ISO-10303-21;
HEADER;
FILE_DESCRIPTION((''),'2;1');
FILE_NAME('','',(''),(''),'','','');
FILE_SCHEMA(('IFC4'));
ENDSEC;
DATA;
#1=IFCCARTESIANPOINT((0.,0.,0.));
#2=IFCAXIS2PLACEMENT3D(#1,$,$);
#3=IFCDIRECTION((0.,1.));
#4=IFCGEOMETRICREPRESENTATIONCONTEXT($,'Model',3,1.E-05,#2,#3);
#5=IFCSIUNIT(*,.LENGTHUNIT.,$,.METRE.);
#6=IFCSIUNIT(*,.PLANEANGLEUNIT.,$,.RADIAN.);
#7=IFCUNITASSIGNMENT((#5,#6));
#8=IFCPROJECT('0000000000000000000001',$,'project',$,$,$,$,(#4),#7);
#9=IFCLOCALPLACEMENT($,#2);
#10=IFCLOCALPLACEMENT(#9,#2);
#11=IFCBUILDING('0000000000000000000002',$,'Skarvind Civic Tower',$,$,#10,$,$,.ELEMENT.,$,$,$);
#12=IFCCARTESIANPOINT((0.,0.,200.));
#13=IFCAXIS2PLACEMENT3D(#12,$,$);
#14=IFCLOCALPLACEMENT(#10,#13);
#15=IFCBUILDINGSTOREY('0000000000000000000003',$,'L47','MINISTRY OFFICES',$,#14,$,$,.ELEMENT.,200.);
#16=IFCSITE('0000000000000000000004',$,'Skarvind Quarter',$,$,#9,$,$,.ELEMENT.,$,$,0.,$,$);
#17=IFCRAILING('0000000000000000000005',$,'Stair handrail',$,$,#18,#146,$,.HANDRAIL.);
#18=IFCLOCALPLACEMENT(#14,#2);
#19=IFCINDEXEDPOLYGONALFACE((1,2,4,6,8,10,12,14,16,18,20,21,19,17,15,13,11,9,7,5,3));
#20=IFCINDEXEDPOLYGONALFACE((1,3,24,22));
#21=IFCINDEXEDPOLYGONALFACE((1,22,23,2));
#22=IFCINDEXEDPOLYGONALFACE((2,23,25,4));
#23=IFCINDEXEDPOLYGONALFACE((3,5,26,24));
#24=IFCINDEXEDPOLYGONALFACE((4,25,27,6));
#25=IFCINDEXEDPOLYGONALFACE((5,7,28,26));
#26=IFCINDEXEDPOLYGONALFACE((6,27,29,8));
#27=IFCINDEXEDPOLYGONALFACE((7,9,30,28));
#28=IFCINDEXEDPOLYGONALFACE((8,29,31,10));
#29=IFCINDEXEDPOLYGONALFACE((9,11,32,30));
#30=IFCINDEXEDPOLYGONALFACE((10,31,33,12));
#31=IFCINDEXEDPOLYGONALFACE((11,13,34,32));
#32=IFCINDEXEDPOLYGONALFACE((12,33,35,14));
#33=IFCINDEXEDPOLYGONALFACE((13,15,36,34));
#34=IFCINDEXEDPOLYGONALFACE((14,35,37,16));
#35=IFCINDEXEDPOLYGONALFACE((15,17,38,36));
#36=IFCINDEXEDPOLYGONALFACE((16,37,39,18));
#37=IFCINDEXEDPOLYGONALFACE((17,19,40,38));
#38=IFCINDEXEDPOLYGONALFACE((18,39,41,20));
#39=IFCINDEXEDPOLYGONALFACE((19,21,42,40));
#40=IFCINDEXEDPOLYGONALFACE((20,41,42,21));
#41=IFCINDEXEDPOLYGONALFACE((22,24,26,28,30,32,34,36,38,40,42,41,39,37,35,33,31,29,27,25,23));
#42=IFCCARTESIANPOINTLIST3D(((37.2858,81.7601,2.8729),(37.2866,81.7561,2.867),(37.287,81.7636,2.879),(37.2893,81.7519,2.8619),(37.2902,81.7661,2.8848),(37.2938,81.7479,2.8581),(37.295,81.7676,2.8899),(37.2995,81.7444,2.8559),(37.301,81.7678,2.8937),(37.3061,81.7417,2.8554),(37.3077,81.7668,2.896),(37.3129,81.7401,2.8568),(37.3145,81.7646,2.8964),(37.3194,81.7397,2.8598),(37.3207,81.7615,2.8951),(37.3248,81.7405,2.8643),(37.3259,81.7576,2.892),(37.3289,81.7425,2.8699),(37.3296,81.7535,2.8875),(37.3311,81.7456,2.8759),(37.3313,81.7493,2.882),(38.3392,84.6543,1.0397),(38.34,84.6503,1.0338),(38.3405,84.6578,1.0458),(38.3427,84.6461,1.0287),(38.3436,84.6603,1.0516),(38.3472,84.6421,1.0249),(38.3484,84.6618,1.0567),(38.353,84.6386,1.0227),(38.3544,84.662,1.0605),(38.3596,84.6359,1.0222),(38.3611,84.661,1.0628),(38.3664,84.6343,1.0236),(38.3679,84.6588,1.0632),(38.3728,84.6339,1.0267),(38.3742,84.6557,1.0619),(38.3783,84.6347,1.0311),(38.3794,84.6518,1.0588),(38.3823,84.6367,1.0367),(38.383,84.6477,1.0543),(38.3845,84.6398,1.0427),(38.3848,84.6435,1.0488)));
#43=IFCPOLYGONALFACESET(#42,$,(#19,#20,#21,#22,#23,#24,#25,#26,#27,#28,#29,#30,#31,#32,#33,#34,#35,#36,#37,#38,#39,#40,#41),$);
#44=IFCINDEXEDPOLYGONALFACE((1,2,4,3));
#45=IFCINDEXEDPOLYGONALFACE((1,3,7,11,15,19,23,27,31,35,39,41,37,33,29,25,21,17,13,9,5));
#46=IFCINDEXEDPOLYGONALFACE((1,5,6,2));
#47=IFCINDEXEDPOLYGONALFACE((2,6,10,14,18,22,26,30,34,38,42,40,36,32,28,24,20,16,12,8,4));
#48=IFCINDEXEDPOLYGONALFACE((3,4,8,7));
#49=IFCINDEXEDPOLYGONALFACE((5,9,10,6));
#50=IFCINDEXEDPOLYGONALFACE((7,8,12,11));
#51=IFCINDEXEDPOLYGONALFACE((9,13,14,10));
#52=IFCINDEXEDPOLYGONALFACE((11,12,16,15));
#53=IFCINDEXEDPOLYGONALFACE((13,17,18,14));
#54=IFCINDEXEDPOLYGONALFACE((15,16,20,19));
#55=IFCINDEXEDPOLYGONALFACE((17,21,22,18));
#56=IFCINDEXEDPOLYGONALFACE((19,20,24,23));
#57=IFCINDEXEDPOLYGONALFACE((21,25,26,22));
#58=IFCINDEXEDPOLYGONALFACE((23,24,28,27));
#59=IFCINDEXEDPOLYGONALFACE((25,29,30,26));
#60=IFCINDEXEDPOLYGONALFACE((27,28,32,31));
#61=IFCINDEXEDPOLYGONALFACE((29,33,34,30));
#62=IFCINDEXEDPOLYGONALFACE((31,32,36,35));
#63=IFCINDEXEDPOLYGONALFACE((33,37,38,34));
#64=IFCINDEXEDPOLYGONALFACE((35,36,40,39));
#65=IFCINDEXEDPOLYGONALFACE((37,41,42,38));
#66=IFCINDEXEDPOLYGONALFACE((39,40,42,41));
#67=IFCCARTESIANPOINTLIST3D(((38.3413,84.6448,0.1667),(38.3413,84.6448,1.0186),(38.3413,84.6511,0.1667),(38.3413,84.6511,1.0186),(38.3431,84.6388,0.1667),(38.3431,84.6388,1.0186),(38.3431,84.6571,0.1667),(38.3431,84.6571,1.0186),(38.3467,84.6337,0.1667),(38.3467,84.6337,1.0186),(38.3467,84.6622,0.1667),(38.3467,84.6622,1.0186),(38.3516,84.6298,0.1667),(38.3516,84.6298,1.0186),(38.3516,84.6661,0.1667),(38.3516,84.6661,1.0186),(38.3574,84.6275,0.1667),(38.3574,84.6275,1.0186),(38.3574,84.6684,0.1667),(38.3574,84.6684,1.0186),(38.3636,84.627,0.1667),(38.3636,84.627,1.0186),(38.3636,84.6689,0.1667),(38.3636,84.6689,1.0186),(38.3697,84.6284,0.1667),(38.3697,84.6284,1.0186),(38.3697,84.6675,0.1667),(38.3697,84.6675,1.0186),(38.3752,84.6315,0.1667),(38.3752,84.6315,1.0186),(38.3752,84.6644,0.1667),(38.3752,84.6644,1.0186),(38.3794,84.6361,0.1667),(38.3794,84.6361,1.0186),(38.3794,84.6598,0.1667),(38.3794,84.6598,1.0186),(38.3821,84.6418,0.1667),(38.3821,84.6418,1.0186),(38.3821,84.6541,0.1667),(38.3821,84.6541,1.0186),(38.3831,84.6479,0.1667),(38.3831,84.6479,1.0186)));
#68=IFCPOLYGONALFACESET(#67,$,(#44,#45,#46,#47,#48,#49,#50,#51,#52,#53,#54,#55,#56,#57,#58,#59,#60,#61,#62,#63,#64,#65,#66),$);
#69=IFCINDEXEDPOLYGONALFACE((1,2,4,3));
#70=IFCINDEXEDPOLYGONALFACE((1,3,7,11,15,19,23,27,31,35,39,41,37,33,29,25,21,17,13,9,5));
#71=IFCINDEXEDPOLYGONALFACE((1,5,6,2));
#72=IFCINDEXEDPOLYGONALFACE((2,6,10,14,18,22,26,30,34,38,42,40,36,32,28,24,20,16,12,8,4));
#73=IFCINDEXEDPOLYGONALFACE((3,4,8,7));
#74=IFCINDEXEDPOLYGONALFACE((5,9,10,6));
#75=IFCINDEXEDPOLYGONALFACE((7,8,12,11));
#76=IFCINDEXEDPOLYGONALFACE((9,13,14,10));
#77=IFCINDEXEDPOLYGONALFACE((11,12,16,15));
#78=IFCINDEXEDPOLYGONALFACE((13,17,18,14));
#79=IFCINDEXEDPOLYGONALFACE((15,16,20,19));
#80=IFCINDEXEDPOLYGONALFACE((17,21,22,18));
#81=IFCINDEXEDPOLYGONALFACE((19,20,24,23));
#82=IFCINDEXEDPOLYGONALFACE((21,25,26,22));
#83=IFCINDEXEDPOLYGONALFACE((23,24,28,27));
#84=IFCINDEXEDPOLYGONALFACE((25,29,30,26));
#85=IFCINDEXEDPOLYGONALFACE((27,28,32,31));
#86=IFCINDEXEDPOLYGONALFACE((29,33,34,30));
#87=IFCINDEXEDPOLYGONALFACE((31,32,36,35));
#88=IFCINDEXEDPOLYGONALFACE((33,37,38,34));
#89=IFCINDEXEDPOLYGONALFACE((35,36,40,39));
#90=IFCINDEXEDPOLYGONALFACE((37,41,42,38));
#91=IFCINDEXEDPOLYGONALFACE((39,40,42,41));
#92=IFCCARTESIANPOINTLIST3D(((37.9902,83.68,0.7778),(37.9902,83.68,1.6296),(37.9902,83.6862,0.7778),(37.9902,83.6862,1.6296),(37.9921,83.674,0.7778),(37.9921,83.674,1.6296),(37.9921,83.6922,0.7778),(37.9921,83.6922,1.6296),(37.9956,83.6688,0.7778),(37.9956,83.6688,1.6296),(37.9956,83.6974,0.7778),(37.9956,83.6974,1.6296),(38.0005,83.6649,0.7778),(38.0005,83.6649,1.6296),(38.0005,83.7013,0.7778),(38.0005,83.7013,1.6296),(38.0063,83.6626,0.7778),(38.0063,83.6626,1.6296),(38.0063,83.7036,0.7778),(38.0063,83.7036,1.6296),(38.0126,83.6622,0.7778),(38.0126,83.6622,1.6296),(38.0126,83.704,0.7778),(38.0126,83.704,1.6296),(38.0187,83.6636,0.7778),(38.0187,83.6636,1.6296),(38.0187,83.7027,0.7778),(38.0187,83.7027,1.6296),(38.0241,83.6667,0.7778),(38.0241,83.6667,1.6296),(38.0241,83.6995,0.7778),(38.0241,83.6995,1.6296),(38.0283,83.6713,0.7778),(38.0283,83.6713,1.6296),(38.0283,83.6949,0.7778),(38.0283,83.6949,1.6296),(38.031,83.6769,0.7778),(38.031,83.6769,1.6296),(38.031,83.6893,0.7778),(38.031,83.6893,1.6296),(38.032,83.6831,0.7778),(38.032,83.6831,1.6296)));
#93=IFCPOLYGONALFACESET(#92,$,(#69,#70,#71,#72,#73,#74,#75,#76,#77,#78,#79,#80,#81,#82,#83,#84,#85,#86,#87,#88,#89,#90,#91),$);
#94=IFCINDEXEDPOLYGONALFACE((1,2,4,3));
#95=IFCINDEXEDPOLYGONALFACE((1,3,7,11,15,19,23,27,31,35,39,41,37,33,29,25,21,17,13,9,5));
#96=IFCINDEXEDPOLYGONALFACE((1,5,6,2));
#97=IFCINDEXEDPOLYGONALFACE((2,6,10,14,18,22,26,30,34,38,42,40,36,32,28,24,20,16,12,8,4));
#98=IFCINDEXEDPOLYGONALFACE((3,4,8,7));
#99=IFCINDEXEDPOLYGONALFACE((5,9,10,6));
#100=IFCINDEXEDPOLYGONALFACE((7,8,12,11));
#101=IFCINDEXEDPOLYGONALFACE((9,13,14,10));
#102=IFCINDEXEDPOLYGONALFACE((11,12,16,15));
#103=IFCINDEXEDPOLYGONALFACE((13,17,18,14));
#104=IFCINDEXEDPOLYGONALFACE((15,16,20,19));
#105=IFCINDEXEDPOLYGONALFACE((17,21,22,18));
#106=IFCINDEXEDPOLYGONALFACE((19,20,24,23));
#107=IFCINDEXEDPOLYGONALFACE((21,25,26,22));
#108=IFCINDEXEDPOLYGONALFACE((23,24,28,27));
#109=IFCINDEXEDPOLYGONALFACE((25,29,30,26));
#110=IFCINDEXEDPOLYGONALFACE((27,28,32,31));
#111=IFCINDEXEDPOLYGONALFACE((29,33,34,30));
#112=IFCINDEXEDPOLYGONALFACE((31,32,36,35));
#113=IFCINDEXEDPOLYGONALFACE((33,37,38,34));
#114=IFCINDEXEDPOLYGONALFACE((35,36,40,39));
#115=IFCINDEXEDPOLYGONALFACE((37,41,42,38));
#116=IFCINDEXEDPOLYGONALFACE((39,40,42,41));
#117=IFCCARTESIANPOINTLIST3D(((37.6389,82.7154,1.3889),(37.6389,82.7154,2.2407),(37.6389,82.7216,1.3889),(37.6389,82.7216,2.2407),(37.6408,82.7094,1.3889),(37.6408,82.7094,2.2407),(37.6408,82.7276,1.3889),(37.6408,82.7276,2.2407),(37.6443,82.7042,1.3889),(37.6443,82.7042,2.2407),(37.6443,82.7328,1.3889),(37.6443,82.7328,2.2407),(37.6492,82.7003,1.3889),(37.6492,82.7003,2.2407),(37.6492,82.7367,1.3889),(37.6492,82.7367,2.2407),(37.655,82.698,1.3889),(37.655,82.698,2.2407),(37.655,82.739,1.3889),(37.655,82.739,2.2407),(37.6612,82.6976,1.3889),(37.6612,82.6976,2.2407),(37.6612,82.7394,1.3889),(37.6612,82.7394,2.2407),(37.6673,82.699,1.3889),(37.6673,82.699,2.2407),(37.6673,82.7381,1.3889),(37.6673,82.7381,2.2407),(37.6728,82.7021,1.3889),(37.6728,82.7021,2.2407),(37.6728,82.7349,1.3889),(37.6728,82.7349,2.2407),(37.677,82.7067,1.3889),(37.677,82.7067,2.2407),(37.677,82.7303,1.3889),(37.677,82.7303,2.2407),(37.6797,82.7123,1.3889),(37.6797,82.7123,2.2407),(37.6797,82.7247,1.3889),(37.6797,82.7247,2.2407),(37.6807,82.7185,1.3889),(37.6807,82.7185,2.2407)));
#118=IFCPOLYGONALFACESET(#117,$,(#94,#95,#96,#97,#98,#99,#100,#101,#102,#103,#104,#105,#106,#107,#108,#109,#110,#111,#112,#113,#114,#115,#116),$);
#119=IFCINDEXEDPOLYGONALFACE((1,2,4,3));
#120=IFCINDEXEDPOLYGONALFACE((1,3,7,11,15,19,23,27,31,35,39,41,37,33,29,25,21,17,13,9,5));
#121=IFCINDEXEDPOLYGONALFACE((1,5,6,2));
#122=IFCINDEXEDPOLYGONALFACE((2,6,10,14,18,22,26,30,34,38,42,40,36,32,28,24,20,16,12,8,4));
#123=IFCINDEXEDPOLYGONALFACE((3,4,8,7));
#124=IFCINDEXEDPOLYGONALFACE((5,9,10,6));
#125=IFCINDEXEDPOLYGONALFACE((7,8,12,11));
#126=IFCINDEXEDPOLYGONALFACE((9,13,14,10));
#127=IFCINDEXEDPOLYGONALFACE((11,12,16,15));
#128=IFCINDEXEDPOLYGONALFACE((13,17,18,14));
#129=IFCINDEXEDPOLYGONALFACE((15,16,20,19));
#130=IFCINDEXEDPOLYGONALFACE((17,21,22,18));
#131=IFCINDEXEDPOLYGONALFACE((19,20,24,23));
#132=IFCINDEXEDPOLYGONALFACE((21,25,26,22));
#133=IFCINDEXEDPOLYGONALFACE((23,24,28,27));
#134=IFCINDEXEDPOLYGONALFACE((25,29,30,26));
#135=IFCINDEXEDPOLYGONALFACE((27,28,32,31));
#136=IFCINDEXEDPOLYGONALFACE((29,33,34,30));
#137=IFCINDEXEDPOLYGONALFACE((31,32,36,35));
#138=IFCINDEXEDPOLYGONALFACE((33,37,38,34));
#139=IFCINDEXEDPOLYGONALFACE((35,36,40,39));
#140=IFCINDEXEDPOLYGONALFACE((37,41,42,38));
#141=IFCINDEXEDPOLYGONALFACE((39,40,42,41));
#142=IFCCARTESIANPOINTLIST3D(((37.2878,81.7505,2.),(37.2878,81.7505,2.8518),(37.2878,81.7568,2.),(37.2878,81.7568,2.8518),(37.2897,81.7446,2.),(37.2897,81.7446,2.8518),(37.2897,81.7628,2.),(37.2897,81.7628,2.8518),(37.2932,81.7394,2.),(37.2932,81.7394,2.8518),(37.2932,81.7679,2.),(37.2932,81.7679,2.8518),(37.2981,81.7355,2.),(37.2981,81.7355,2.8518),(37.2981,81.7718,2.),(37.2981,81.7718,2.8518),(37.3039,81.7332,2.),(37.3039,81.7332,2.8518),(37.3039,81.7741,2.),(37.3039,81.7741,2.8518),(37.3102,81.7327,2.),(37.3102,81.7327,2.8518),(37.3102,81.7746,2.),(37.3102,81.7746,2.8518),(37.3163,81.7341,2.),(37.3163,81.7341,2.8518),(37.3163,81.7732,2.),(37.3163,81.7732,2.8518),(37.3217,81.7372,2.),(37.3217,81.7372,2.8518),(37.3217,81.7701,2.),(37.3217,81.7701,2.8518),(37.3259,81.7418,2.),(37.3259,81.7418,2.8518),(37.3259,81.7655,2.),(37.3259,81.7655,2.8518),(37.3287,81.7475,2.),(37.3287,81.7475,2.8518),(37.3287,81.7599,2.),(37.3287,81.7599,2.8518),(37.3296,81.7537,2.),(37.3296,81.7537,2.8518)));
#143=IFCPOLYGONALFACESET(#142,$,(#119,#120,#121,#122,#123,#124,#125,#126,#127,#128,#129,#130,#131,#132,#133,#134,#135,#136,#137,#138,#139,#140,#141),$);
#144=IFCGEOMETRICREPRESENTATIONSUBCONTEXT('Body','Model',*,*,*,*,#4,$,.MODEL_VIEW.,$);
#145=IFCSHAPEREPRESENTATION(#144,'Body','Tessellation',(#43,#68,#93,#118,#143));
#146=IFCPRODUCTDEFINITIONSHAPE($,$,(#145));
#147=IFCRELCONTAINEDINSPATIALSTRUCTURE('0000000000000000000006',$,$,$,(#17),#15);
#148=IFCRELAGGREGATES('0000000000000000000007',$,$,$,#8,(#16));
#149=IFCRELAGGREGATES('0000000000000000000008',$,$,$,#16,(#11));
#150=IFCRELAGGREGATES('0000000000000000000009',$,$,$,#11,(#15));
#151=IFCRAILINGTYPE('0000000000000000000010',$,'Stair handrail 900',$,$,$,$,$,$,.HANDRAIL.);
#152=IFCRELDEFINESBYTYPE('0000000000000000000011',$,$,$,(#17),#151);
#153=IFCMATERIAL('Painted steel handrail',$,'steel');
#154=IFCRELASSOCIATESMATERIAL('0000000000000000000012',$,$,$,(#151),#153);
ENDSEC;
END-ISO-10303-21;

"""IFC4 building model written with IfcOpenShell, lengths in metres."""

from ifc_helpers import new_model, si_unit, direction, frame, origin, origin_2d, place, context, subcontext, project, spatial, circle, extrude, material, type_object, element, save


model = new_model("IFC4")

# Units and contexts
model_context = context("Model", 3, precision=1e-05, world=origin(), true_north=direction((0.0, 1.0)))
body_context = subcontext(model_context, "Body", "Model", "MODEL_VIEW")
ifc_project = project(units=[si_unit("LENGTHUNIT", "METRE"), si_unit("PLANEANGLEUNIT", "RADIAN")], contexts=[model_context])

# Site, building, storey
site_placement = place(None, origin())
site = spatial("IfcSite", under=ifc_project, at=site_placement, Name="Skarvind Quarter", CompositionType="ELEMENT", RefElevation=0.0)
building_placement = place(site_placement, origin())
building = spatial("IfcBuilding", under=site, at=building_placement, Name="Skarvind Civic Tower", CompositionType="ELEMENT")
storey_placement = place(building_placement, frame((0.0, 0.0, 200.0)))
storey = spatial("IfcBuildingStorey", under=building, at=storey_placement, Name="L47", Description="MINISTRY OFFICES", CompositionType="ELEMENT", Elevation=200.0)

# Railing
ifc_material_1 = material(Name="Painted steel handrail", Category="steel")
railing_type = type_object("IfcRailingType", Name="Stair handrail 900", PredefinedType="HANDRAIL", material=ifc_material_1)
railing_placement = place(storey_placement, frame((38.3621, 84.6479, 0.1667)))
element("IfcRailing", 1, at=railing_placement, inside=storey, type_object=railing_type, Name="Stair handrail", PredefinedType="HANDRAIL", context=body_context, shape_type="SweptSolid", body=[
    extrude(circle(Radius=0.0239, at=origin_2d()), frame((0.0, 0.0, 0.876), z_axis=(-0.293908, -0.807481, 0.511461), x_axis=(0.939689, -0.342029, 0.0)), (0.0, 0.0, 1.0), 3.5842),
    extrude(circle(Radius=0.021, at=origin_2d()), origin(), (0.0, 0.0, 1.0), 0.8518),
    extrude(circle(Radius=0.021, at=origin_2d()), frame((-0.3511, -0.9648, 0.6111)), (0.0, 0.0, 1.0), 0.8518),
    extrude(circle(Radius=0.021, at=origin_2d()), frame((-0.7024, -1.9294, 1.2222)), (0.0, 0.0, 1.0), 0.8518),
    extrude(circle(Radius=0.021, at=origin_2d()), frame((-1.0535, -2.8943, 1.8333)), (0.0, 0.0, 1.0), 0.8518),
])

save(model, "model.ifc")
